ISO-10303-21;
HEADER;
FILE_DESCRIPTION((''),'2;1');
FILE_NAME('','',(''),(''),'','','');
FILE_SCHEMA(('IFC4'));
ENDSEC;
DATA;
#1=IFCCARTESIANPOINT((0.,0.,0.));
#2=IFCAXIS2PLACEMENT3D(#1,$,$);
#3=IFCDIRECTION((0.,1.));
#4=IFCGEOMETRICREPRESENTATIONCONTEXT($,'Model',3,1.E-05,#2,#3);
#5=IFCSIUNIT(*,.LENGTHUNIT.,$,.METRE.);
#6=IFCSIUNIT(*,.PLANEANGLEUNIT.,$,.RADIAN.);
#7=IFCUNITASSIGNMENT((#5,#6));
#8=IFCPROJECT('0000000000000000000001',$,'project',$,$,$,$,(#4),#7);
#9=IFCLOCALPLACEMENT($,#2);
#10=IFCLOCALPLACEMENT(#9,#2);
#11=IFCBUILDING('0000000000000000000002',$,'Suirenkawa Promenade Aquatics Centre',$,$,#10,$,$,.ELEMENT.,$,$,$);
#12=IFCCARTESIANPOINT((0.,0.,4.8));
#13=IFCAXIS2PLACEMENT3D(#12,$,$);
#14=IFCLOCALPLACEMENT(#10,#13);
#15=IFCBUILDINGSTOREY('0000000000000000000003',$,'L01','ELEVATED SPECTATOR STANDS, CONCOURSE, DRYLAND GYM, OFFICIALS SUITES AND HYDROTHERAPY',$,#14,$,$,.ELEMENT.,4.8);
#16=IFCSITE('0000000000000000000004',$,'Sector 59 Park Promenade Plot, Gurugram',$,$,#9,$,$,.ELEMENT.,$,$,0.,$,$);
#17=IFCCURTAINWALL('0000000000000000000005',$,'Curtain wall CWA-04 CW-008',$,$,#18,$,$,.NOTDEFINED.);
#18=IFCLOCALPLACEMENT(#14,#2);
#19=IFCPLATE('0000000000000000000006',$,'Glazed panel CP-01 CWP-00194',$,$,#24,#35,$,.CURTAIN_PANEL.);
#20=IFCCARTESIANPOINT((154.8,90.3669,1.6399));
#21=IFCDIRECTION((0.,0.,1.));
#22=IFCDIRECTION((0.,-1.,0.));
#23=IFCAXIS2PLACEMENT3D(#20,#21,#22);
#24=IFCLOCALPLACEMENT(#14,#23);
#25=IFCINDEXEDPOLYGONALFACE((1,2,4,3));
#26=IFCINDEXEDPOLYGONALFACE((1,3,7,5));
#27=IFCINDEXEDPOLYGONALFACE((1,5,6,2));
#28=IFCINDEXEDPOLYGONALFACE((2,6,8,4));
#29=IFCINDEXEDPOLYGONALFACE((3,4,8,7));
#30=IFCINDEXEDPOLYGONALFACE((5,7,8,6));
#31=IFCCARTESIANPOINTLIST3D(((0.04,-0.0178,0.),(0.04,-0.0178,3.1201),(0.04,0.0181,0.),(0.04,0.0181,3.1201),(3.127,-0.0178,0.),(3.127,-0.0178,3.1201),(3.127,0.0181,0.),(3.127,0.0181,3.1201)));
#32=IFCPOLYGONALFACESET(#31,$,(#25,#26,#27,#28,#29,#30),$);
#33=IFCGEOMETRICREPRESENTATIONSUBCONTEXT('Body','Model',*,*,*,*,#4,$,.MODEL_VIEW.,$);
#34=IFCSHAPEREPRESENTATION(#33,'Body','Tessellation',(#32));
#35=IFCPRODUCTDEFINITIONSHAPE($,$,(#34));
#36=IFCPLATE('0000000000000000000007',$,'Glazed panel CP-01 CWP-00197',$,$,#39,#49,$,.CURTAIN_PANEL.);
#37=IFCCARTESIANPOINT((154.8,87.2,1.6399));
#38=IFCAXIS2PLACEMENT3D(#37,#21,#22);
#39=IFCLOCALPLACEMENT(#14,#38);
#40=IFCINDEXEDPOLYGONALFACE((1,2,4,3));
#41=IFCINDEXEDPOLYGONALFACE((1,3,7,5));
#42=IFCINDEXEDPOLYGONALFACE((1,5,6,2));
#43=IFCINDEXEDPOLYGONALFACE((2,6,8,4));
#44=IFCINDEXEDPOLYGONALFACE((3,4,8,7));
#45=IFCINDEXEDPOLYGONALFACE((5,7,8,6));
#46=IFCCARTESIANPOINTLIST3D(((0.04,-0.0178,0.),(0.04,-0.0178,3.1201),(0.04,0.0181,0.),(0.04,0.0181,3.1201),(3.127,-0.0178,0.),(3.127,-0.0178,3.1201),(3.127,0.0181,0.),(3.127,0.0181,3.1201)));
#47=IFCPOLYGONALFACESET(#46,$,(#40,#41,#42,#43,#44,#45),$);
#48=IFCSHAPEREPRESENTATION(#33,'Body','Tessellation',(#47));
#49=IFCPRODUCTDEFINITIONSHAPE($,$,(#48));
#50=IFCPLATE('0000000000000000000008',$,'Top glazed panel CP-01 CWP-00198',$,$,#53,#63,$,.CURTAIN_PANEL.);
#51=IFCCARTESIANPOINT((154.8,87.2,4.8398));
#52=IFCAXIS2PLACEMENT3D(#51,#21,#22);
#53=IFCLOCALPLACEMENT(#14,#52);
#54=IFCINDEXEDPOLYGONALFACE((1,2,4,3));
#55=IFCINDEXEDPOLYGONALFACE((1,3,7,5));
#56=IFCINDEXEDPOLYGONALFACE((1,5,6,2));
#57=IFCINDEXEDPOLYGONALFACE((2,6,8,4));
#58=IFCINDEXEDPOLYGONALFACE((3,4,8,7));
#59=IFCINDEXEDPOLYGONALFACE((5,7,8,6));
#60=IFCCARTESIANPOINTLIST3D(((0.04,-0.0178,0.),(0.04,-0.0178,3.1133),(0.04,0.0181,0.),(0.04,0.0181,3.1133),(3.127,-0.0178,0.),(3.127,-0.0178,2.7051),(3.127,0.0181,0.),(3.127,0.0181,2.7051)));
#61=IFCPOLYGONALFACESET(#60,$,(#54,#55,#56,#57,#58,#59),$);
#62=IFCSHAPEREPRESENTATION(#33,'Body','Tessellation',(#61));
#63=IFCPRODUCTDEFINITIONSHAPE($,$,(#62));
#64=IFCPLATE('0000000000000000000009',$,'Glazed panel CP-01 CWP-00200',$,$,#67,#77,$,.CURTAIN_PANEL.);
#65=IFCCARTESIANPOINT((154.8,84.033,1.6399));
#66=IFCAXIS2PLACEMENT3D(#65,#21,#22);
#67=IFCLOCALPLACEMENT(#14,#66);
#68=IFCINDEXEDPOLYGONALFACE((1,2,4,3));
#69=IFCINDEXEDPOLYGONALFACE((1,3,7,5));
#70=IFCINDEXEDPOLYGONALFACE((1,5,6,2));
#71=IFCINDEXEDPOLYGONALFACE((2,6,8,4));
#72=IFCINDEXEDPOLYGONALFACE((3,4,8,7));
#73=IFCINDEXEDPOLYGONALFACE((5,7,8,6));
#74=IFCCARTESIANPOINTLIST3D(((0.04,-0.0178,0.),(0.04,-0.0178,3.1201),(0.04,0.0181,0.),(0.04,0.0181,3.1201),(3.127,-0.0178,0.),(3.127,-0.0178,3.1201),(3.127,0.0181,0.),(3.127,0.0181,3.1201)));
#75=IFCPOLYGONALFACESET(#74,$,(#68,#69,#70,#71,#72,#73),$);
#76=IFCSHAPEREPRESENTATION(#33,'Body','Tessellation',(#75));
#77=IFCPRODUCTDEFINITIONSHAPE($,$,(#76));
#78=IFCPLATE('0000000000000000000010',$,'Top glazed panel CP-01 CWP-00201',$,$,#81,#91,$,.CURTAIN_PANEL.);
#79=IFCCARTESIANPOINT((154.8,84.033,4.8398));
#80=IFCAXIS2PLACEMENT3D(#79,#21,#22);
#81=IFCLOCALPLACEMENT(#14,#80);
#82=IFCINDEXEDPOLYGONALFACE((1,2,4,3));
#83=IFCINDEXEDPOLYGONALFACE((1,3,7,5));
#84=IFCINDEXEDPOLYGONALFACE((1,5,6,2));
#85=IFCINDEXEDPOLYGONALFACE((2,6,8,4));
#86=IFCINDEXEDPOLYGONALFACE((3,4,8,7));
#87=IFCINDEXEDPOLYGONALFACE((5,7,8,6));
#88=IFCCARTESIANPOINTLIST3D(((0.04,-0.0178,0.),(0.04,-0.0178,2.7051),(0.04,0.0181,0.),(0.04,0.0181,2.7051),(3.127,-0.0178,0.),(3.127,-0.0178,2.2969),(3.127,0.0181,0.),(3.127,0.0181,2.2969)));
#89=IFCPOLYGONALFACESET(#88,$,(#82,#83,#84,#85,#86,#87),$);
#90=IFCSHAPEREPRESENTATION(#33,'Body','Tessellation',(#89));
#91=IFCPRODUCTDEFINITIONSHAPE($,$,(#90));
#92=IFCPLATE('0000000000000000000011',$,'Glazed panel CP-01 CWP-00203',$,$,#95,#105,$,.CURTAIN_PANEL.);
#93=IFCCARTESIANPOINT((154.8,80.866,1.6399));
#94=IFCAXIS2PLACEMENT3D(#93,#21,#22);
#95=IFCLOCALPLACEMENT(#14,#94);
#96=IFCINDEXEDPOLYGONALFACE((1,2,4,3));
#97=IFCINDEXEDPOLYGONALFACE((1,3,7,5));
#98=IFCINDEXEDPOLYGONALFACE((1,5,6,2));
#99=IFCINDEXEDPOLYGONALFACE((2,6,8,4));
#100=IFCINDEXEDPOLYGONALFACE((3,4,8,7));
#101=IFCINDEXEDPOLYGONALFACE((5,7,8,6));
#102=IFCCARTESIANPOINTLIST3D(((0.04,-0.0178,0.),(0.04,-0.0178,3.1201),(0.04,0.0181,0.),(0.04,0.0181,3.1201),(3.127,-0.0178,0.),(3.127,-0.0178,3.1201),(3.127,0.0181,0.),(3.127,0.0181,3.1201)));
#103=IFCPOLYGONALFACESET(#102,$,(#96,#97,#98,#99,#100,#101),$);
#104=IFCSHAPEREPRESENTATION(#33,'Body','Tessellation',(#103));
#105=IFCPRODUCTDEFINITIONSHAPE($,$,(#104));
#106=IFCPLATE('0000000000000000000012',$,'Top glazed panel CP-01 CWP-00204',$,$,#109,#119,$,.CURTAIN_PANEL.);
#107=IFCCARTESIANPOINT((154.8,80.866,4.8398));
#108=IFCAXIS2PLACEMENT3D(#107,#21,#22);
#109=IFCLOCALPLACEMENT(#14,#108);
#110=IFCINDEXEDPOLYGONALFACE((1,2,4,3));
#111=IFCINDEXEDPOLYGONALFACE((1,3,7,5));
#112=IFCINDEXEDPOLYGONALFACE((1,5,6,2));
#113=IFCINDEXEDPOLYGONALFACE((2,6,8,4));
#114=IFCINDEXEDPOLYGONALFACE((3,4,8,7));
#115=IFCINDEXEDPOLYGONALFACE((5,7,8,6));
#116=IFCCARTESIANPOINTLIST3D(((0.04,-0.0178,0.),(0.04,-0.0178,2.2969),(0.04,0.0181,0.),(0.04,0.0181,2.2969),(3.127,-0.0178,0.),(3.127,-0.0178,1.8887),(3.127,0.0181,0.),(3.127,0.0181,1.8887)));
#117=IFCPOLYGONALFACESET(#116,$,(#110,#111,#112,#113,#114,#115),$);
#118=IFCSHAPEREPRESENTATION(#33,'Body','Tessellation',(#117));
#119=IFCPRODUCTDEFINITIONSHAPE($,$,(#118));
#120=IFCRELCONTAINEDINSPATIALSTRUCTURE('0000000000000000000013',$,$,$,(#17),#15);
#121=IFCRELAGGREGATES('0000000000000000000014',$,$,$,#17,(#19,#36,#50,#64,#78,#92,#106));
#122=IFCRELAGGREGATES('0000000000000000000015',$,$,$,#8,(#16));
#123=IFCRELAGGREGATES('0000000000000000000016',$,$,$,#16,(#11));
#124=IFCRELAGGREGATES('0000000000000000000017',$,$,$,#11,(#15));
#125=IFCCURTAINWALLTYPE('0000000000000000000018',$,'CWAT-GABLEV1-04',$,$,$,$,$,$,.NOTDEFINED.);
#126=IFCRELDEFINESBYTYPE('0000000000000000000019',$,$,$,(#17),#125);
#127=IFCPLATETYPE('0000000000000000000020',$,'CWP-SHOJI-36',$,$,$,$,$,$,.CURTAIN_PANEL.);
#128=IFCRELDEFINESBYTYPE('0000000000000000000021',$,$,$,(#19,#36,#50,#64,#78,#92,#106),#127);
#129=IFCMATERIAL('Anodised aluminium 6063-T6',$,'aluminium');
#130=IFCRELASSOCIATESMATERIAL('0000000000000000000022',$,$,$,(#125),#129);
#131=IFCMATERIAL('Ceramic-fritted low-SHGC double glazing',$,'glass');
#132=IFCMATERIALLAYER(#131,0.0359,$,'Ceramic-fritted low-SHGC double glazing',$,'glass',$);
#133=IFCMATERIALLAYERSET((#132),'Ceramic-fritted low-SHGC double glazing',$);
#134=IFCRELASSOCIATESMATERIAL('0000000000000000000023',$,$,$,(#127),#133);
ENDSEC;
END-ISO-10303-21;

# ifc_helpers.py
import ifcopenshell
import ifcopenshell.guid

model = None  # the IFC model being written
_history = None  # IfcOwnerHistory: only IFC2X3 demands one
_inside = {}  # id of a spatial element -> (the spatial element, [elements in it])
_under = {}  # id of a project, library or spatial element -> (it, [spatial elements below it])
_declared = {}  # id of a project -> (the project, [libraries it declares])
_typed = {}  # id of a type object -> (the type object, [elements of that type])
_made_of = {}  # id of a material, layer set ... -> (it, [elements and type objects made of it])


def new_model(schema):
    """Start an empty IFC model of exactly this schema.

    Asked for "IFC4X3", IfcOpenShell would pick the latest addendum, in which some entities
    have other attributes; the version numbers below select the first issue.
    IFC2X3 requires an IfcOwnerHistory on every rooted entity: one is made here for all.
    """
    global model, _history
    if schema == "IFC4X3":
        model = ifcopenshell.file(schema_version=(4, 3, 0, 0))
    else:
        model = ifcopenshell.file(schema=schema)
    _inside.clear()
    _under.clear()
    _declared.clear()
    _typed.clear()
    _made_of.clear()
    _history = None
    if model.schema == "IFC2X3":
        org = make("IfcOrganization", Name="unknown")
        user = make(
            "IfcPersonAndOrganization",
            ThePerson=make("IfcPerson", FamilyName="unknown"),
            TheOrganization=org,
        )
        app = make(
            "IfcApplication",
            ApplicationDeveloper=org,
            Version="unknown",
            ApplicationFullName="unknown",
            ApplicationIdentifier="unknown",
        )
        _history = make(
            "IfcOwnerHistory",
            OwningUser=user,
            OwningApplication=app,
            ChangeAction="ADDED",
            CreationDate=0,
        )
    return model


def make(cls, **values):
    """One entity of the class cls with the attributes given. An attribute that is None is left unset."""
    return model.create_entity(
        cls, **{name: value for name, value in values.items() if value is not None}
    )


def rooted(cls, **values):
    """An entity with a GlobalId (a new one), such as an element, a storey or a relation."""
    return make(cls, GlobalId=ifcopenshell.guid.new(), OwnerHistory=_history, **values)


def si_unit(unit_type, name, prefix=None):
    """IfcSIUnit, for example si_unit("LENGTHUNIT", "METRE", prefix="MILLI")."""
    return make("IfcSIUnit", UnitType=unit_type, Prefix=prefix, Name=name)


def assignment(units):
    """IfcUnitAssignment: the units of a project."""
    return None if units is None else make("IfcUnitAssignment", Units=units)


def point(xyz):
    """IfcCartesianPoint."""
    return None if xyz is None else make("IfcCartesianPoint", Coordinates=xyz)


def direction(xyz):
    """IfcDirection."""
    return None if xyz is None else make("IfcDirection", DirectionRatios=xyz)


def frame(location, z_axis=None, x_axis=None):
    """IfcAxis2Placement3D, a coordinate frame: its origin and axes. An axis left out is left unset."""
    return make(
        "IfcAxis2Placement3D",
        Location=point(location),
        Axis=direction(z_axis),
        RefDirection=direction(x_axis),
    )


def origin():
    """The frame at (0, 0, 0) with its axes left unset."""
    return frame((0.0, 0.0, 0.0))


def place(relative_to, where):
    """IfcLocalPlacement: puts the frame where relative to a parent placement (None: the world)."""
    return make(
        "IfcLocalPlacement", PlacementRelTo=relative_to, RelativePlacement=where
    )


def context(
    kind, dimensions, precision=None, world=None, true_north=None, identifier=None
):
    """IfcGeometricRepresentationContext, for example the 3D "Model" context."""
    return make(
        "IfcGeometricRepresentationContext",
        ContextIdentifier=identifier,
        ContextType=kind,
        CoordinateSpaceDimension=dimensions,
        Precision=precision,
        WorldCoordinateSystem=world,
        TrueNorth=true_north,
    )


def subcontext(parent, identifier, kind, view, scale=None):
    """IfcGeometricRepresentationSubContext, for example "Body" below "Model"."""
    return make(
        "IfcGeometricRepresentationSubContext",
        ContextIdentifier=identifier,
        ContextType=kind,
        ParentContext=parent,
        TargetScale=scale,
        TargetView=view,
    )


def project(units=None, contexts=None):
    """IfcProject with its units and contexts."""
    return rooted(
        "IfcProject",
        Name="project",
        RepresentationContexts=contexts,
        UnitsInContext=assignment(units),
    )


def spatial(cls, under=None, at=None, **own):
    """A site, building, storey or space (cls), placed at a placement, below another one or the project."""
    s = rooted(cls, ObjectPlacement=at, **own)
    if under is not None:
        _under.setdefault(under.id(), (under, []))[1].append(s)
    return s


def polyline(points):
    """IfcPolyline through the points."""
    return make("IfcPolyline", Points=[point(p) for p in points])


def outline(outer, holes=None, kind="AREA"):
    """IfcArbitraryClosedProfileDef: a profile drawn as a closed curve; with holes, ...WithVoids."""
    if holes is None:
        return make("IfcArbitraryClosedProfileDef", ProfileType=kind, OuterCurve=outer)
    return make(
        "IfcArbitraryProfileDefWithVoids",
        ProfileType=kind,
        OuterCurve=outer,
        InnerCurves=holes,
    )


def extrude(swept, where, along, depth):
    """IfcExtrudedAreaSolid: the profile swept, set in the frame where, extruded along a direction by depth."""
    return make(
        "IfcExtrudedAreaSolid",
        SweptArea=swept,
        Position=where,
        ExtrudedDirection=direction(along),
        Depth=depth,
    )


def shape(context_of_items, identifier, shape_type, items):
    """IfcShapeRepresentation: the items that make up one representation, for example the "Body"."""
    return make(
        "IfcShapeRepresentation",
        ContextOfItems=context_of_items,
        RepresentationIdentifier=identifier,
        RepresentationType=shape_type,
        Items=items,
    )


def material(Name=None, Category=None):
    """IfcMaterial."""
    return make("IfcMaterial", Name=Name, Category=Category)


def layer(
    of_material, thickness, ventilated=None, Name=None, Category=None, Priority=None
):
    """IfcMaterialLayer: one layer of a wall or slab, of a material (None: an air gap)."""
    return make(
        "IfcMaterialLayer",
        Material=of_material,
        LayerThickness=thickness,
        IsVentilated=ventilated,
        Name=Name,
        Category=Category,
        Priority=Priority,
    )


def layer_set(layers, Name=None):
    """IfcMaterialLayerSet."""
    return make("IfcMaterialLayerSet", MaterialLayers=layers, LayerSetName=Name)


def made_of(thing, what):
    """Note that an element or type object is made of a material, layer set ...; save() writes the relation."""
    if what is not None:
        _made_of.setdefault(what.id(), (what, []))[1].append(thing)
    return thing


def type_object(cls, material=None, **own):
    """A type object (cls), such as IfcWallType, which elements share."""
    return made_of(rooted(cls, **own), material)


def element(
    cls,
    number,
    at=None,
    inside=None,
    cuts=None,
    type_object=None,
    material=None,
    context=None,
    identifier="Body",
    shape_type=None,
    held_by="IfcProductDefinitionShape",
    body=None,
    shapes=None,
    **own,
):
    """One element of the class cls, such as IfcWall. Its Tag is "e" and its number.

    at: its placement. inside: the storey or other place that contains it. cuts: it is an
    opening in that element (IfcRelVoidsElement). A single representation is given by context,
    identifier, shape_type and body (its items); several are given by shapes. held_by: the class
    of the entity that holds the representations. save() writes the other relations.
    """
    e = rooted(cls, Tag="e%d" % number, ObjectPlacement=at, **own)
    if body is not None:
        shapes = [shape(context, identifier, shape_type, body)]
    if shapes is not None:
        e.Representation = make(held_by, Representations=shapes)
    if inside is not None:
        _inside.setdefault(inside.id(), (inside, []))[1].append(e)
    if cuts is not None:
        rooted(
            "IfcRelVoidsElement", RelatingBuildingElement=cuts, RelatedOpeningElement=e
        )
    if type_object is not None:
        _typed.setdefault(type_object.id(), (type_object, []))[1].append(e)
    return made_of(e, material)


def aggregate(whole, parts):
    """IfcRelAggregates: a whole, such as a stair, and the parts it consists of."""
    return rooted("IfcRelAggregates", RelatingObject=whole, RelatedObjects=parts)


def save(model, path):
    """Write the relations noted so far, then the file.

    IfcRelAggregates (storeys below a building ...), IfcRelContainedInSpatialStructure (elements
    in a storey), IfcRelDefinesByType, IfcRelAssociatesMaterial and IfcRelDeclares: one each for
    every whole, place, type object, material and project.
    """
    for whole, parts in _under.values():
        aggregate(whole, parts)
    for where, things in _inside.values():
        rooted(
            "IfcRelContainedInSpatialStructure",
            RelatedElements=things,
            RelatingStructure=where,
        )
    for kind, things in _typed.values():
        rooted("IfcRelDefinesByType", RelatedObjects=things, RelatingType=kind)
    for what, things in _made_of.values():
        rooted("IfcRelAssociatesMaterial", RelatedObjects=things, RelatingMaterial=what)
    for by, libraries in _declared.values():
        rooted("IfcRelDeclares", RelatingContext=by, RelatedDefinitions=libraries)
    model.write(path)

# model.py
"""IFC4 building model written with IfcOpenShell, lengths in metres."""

from ifc_helpers import new_model, si_unit, direction, frame, origin, place, context, subcontext, project, spatial, polyline, outline, extrude, material, layer, layer_set, type_object, element, aggregate, save


model = new_model("IFC4")

# Units and contexts
model_context = context("Model", 3, precision=1e-05, world=origin(), true_north=direction((0.0, 1.0)))
body_context = subcontext(model_context, "Body", "Model", "MODEL_VIEW")
ifc_project = project(units=[si_unit("LENGTHUNIT", "METRE"), si_unit("PLANEANGLEUNIT", "RADIAN")], contexts=[model_context])

# Site, building, storey
site_placement = place(None, origin())
site = spatial("IfcSite", under=ifc_project, at=site_placement, Name="Sector 59 Park Promenade Plot, Gurugram", CompositionType="ELEMENT", RefElevation=0.0)
building_placement = place(site_placement, origin())
building = spatial("IfcBuilding", under=site, at=building_placement, Name="Suirenkawa Promenade Aquatics Centre", CompositionType="ELEMENT")
storey_placement = place(building_placement, frame((0.0, 0.0, 4.8)))
storey = spatial("IfcBuildingStorey", under=building, at=storey_placement, Name="L01", Description="ELEVATED SPECTATOR STANDS, CONCOURSE, DRYLAND GYM, OFFICIALS SUITES AND HYDROTHERAPY", CompositionType="ELEMENT", Elevation=4.8)

# Curtain wall, plates
ifc_material_1 = material(Name="Anodised aluminium 6063-T6", Category="aluminium")
curtain_wall_type = type_object("IfcCurtainWallType", Name="CWAT-GABLEV1-04", PredefinedType="NOTDEFINED", material=ifc_material_1)
curtain_wall_placement = place(storey_placement, origin())
curtain_wall = element("IfcCurtainWall", 1, at=curtain_wall_placement, inside=storey, type_object=curtain_wall_type, Name="Curtain wall CWA-04 CW-008", PredefinedType="NOTDEFINED")
ifc_material_2 = material(Name="Ceramic-fritted low-SHGC double glazing", Category="glass")
ifc_layer_1 = layer(ifc_material_2, 0.0359, Name="Ceramic-fritted low-SHGC double glazing", Category="glass")
ifc_layer_set_1 = layer_set([ifc_layer_1], Name="Ceramic-fritted low-SHGC double glazing")
plate_type = type_object("IfcPlateType", Name="CWP-SHOJI-36", PredefinedType="CURTAIN_PANEL", material=ifc_layer_set_1)
plate_1_placement = place(storey_placement, frame((154.8, 90.3669, 1.6399), z_axis=(0.0, 0.0, 1.0), x_axis=(0.0, -1.0, 0.0)))
plate_1 = element("IfcPlate", 2, at=plate_1_placement, type_object=plate_type, Name="Glazed panel CP-01 CWP-00194", PredefinedType="CURTAIN_PANEL", context=body_context, shape_type="SweptSolid", body=[
    extrude(outline(polyline([(0.04, 0.0), (3.127, 0.0), (3.127, 3.1201), (0.04, 3.1201), (0.04, 0.0)])), frame((0.0, 0.0181, 0.0), z_axis=(0.0, -1.0, 0.0), x_axis=(1.0, 0.0, 0.0)), (0.0, 0.0, 1.0), 0.0359),
])
plate_2_placement = place(storey_placement, frame((154.8, 87.2, 1.6399), z_axis=(0.0, 0.0, 1.0), x_axis=(0.0, -1.0, 0.0)))
plate_2 = element("IfcPlate", 3, at=plate_2_placement, type_object=plate_type, Name="Glazed panel CP-01 CWP-00197", PredefinedType="CURTAIN_PANEL", context=body_context, shape_type="SweptSolid", body=[
    extrude(outline(polyline([(0.04, 0.0), (3.127, 0.0), (3.127, 3.1201), (0.04, 3.1201), (0.04, 0.0)])), frame((0.0, 0.0181, 0.0), z_axis=(0.0, -1.0, 0.0), x_axis=(1.0, 0.0, 0.0)), (0.0, 0.0, 1.0), 0.0359),
])
plate_3_placement = place(storey_placement, frame((154.8, 87.2, 4.8398), z_axis=(0.0, 0.0, 1.0), x_axis=(0.0, -1.0, 0.0)))
plate_3 = element("IfcPlate", 4, at=plate_3_placement, type_object=plate_type, Name="Top glazed panel CP-01 CWP-00198", PredefinedType="CURTAIN_PANEL", context=body_context, shape_type="SweptSolid", body=[
    extrude(outline(polyline([(0.04, 0.0), (3.127, 0.0), (3.127, 2.7051), (0.04, 3.1133), (0.04, 0.0)])), frame((0.0, 0.0181, 0.0), z_axis=(0.0, -1.0, 0.0), x_axis=(1.0, 0.0, 0.0)), (0.0, 0.0, 1.0), 0.0359),
])
plate_4_placement = place(storey_placement, frame((154.8, 84.033, 1.6399), z_axis=(0.0, 0.0, 1.0), x_axis=(0.0, -1.0, 0.0)))
plate_4 = element("IfcPlate", 5, at=plate_4_placement, type_object=plate_type, Name="Glazed panel CP-01 CWP-00200", PredefinedType="CURTAIN_PANEL", context=body_context, shape_type="SweptSolid", body=[
    extrude(outline(polyline([(0.04, 0.0), (3.127, 0.0), (3.127, 3.1201), (0.04, 3.1201), (0.04, 0.0)])), frame((0.0, 0.0181, 0.0), z_axis=(0.0, -1.0, 0.0), x_axis=(1.0, 0.0, 0.0)), (0.0, 0.0, 1.0), 0.0359),
])
plate_5_placement = place(storey_placement, frame((154.8, 84.033, 4.8398), z_axis=(0.0, 0.0, 1.0), x_axis=(0.0, -1.0, 0.0)))
plate_5 = element("IfcPlate", 6, at=plate_5_placement, type_object=plate_type, Name="Top glazed panel CP-01 CWP-00201", PredefinedType="CURTAIN_PANEL", context=body_context, shape_type="SweptSolid", body=[
    extrude(outline(polyline([(0.04, 0.0), (3.127, 0.0), (3.127, 2.2969), (0.04, 2.7051), (0.04, 0.0)])), frame((0.0, 0.0181, 0.0), z_axis=(0.0, -1.0, 0.0), x_axis=(1.0, 0.0, 0.0)), (0.0, 0.0, 1.0), 0.0359),
])
plate_6_placement = place(storey_placement, frame((154.8, 80.866, 1.6399), z_axis=(0.0, 0.0, 1.0), x_axis=(0.0, -1.0, 0.0)))
plate_6 = element("IfcPlate", 7, at=plate_6_placement, type_object=plate_type, Name="Glazed panel CP-01 CWP-00203", PredefinedType="CURTAIN_PANEL", context=body_context, shape_type="SweptSolid", body=[
    extrude(outline(polyline([(0.04, 0.0), (3.127, 0.0), (3.127, 3.1201), (0.04, 3.1201), (0.04, 0.0)])), frame((0.0, 0.0181, 0.0), z_axis=(0.0, -1.0, 0.0), x_axis=(1.0, 0.0, 0.0)), (0.0, 0.0, 1.0), 0.0359),
])
plate_7_placement = place(storey_placement, frame((154.8, 80.866, 4.8398), z_axis=(0.0, 0.0, 1.0), x_axis=(0.0, -1.0, 0.0)))
plate_7 = element("IfcPlate", 8, at=plate_7_placement, type_object=plate_type, Name="Top glazed panel CP-01 CWP-00204", PredefinedType="CURTAIN_PANEL", context=body_context, shape_type="SweptSolid", body=[
    extrude(outline(polyline([(0.04, 0.0), (3.127, 0.0), (3.127, 1.8887), (0.04, 2.2969), (0.04, 0.0)])), frame((0.0, 0.0181, 0.0), z_axis=(0.0, -1.0, 0.0), x_axis=(1.0, 0.0, 0.0)), (0.0, 0.0, 1.0), 0.0359),
])
aggregate(curtain_wall, [plate_1, plate_2, plate_3, plate_4, plate_5, plate_6, plate_7])

save(model, "model.ifc")
